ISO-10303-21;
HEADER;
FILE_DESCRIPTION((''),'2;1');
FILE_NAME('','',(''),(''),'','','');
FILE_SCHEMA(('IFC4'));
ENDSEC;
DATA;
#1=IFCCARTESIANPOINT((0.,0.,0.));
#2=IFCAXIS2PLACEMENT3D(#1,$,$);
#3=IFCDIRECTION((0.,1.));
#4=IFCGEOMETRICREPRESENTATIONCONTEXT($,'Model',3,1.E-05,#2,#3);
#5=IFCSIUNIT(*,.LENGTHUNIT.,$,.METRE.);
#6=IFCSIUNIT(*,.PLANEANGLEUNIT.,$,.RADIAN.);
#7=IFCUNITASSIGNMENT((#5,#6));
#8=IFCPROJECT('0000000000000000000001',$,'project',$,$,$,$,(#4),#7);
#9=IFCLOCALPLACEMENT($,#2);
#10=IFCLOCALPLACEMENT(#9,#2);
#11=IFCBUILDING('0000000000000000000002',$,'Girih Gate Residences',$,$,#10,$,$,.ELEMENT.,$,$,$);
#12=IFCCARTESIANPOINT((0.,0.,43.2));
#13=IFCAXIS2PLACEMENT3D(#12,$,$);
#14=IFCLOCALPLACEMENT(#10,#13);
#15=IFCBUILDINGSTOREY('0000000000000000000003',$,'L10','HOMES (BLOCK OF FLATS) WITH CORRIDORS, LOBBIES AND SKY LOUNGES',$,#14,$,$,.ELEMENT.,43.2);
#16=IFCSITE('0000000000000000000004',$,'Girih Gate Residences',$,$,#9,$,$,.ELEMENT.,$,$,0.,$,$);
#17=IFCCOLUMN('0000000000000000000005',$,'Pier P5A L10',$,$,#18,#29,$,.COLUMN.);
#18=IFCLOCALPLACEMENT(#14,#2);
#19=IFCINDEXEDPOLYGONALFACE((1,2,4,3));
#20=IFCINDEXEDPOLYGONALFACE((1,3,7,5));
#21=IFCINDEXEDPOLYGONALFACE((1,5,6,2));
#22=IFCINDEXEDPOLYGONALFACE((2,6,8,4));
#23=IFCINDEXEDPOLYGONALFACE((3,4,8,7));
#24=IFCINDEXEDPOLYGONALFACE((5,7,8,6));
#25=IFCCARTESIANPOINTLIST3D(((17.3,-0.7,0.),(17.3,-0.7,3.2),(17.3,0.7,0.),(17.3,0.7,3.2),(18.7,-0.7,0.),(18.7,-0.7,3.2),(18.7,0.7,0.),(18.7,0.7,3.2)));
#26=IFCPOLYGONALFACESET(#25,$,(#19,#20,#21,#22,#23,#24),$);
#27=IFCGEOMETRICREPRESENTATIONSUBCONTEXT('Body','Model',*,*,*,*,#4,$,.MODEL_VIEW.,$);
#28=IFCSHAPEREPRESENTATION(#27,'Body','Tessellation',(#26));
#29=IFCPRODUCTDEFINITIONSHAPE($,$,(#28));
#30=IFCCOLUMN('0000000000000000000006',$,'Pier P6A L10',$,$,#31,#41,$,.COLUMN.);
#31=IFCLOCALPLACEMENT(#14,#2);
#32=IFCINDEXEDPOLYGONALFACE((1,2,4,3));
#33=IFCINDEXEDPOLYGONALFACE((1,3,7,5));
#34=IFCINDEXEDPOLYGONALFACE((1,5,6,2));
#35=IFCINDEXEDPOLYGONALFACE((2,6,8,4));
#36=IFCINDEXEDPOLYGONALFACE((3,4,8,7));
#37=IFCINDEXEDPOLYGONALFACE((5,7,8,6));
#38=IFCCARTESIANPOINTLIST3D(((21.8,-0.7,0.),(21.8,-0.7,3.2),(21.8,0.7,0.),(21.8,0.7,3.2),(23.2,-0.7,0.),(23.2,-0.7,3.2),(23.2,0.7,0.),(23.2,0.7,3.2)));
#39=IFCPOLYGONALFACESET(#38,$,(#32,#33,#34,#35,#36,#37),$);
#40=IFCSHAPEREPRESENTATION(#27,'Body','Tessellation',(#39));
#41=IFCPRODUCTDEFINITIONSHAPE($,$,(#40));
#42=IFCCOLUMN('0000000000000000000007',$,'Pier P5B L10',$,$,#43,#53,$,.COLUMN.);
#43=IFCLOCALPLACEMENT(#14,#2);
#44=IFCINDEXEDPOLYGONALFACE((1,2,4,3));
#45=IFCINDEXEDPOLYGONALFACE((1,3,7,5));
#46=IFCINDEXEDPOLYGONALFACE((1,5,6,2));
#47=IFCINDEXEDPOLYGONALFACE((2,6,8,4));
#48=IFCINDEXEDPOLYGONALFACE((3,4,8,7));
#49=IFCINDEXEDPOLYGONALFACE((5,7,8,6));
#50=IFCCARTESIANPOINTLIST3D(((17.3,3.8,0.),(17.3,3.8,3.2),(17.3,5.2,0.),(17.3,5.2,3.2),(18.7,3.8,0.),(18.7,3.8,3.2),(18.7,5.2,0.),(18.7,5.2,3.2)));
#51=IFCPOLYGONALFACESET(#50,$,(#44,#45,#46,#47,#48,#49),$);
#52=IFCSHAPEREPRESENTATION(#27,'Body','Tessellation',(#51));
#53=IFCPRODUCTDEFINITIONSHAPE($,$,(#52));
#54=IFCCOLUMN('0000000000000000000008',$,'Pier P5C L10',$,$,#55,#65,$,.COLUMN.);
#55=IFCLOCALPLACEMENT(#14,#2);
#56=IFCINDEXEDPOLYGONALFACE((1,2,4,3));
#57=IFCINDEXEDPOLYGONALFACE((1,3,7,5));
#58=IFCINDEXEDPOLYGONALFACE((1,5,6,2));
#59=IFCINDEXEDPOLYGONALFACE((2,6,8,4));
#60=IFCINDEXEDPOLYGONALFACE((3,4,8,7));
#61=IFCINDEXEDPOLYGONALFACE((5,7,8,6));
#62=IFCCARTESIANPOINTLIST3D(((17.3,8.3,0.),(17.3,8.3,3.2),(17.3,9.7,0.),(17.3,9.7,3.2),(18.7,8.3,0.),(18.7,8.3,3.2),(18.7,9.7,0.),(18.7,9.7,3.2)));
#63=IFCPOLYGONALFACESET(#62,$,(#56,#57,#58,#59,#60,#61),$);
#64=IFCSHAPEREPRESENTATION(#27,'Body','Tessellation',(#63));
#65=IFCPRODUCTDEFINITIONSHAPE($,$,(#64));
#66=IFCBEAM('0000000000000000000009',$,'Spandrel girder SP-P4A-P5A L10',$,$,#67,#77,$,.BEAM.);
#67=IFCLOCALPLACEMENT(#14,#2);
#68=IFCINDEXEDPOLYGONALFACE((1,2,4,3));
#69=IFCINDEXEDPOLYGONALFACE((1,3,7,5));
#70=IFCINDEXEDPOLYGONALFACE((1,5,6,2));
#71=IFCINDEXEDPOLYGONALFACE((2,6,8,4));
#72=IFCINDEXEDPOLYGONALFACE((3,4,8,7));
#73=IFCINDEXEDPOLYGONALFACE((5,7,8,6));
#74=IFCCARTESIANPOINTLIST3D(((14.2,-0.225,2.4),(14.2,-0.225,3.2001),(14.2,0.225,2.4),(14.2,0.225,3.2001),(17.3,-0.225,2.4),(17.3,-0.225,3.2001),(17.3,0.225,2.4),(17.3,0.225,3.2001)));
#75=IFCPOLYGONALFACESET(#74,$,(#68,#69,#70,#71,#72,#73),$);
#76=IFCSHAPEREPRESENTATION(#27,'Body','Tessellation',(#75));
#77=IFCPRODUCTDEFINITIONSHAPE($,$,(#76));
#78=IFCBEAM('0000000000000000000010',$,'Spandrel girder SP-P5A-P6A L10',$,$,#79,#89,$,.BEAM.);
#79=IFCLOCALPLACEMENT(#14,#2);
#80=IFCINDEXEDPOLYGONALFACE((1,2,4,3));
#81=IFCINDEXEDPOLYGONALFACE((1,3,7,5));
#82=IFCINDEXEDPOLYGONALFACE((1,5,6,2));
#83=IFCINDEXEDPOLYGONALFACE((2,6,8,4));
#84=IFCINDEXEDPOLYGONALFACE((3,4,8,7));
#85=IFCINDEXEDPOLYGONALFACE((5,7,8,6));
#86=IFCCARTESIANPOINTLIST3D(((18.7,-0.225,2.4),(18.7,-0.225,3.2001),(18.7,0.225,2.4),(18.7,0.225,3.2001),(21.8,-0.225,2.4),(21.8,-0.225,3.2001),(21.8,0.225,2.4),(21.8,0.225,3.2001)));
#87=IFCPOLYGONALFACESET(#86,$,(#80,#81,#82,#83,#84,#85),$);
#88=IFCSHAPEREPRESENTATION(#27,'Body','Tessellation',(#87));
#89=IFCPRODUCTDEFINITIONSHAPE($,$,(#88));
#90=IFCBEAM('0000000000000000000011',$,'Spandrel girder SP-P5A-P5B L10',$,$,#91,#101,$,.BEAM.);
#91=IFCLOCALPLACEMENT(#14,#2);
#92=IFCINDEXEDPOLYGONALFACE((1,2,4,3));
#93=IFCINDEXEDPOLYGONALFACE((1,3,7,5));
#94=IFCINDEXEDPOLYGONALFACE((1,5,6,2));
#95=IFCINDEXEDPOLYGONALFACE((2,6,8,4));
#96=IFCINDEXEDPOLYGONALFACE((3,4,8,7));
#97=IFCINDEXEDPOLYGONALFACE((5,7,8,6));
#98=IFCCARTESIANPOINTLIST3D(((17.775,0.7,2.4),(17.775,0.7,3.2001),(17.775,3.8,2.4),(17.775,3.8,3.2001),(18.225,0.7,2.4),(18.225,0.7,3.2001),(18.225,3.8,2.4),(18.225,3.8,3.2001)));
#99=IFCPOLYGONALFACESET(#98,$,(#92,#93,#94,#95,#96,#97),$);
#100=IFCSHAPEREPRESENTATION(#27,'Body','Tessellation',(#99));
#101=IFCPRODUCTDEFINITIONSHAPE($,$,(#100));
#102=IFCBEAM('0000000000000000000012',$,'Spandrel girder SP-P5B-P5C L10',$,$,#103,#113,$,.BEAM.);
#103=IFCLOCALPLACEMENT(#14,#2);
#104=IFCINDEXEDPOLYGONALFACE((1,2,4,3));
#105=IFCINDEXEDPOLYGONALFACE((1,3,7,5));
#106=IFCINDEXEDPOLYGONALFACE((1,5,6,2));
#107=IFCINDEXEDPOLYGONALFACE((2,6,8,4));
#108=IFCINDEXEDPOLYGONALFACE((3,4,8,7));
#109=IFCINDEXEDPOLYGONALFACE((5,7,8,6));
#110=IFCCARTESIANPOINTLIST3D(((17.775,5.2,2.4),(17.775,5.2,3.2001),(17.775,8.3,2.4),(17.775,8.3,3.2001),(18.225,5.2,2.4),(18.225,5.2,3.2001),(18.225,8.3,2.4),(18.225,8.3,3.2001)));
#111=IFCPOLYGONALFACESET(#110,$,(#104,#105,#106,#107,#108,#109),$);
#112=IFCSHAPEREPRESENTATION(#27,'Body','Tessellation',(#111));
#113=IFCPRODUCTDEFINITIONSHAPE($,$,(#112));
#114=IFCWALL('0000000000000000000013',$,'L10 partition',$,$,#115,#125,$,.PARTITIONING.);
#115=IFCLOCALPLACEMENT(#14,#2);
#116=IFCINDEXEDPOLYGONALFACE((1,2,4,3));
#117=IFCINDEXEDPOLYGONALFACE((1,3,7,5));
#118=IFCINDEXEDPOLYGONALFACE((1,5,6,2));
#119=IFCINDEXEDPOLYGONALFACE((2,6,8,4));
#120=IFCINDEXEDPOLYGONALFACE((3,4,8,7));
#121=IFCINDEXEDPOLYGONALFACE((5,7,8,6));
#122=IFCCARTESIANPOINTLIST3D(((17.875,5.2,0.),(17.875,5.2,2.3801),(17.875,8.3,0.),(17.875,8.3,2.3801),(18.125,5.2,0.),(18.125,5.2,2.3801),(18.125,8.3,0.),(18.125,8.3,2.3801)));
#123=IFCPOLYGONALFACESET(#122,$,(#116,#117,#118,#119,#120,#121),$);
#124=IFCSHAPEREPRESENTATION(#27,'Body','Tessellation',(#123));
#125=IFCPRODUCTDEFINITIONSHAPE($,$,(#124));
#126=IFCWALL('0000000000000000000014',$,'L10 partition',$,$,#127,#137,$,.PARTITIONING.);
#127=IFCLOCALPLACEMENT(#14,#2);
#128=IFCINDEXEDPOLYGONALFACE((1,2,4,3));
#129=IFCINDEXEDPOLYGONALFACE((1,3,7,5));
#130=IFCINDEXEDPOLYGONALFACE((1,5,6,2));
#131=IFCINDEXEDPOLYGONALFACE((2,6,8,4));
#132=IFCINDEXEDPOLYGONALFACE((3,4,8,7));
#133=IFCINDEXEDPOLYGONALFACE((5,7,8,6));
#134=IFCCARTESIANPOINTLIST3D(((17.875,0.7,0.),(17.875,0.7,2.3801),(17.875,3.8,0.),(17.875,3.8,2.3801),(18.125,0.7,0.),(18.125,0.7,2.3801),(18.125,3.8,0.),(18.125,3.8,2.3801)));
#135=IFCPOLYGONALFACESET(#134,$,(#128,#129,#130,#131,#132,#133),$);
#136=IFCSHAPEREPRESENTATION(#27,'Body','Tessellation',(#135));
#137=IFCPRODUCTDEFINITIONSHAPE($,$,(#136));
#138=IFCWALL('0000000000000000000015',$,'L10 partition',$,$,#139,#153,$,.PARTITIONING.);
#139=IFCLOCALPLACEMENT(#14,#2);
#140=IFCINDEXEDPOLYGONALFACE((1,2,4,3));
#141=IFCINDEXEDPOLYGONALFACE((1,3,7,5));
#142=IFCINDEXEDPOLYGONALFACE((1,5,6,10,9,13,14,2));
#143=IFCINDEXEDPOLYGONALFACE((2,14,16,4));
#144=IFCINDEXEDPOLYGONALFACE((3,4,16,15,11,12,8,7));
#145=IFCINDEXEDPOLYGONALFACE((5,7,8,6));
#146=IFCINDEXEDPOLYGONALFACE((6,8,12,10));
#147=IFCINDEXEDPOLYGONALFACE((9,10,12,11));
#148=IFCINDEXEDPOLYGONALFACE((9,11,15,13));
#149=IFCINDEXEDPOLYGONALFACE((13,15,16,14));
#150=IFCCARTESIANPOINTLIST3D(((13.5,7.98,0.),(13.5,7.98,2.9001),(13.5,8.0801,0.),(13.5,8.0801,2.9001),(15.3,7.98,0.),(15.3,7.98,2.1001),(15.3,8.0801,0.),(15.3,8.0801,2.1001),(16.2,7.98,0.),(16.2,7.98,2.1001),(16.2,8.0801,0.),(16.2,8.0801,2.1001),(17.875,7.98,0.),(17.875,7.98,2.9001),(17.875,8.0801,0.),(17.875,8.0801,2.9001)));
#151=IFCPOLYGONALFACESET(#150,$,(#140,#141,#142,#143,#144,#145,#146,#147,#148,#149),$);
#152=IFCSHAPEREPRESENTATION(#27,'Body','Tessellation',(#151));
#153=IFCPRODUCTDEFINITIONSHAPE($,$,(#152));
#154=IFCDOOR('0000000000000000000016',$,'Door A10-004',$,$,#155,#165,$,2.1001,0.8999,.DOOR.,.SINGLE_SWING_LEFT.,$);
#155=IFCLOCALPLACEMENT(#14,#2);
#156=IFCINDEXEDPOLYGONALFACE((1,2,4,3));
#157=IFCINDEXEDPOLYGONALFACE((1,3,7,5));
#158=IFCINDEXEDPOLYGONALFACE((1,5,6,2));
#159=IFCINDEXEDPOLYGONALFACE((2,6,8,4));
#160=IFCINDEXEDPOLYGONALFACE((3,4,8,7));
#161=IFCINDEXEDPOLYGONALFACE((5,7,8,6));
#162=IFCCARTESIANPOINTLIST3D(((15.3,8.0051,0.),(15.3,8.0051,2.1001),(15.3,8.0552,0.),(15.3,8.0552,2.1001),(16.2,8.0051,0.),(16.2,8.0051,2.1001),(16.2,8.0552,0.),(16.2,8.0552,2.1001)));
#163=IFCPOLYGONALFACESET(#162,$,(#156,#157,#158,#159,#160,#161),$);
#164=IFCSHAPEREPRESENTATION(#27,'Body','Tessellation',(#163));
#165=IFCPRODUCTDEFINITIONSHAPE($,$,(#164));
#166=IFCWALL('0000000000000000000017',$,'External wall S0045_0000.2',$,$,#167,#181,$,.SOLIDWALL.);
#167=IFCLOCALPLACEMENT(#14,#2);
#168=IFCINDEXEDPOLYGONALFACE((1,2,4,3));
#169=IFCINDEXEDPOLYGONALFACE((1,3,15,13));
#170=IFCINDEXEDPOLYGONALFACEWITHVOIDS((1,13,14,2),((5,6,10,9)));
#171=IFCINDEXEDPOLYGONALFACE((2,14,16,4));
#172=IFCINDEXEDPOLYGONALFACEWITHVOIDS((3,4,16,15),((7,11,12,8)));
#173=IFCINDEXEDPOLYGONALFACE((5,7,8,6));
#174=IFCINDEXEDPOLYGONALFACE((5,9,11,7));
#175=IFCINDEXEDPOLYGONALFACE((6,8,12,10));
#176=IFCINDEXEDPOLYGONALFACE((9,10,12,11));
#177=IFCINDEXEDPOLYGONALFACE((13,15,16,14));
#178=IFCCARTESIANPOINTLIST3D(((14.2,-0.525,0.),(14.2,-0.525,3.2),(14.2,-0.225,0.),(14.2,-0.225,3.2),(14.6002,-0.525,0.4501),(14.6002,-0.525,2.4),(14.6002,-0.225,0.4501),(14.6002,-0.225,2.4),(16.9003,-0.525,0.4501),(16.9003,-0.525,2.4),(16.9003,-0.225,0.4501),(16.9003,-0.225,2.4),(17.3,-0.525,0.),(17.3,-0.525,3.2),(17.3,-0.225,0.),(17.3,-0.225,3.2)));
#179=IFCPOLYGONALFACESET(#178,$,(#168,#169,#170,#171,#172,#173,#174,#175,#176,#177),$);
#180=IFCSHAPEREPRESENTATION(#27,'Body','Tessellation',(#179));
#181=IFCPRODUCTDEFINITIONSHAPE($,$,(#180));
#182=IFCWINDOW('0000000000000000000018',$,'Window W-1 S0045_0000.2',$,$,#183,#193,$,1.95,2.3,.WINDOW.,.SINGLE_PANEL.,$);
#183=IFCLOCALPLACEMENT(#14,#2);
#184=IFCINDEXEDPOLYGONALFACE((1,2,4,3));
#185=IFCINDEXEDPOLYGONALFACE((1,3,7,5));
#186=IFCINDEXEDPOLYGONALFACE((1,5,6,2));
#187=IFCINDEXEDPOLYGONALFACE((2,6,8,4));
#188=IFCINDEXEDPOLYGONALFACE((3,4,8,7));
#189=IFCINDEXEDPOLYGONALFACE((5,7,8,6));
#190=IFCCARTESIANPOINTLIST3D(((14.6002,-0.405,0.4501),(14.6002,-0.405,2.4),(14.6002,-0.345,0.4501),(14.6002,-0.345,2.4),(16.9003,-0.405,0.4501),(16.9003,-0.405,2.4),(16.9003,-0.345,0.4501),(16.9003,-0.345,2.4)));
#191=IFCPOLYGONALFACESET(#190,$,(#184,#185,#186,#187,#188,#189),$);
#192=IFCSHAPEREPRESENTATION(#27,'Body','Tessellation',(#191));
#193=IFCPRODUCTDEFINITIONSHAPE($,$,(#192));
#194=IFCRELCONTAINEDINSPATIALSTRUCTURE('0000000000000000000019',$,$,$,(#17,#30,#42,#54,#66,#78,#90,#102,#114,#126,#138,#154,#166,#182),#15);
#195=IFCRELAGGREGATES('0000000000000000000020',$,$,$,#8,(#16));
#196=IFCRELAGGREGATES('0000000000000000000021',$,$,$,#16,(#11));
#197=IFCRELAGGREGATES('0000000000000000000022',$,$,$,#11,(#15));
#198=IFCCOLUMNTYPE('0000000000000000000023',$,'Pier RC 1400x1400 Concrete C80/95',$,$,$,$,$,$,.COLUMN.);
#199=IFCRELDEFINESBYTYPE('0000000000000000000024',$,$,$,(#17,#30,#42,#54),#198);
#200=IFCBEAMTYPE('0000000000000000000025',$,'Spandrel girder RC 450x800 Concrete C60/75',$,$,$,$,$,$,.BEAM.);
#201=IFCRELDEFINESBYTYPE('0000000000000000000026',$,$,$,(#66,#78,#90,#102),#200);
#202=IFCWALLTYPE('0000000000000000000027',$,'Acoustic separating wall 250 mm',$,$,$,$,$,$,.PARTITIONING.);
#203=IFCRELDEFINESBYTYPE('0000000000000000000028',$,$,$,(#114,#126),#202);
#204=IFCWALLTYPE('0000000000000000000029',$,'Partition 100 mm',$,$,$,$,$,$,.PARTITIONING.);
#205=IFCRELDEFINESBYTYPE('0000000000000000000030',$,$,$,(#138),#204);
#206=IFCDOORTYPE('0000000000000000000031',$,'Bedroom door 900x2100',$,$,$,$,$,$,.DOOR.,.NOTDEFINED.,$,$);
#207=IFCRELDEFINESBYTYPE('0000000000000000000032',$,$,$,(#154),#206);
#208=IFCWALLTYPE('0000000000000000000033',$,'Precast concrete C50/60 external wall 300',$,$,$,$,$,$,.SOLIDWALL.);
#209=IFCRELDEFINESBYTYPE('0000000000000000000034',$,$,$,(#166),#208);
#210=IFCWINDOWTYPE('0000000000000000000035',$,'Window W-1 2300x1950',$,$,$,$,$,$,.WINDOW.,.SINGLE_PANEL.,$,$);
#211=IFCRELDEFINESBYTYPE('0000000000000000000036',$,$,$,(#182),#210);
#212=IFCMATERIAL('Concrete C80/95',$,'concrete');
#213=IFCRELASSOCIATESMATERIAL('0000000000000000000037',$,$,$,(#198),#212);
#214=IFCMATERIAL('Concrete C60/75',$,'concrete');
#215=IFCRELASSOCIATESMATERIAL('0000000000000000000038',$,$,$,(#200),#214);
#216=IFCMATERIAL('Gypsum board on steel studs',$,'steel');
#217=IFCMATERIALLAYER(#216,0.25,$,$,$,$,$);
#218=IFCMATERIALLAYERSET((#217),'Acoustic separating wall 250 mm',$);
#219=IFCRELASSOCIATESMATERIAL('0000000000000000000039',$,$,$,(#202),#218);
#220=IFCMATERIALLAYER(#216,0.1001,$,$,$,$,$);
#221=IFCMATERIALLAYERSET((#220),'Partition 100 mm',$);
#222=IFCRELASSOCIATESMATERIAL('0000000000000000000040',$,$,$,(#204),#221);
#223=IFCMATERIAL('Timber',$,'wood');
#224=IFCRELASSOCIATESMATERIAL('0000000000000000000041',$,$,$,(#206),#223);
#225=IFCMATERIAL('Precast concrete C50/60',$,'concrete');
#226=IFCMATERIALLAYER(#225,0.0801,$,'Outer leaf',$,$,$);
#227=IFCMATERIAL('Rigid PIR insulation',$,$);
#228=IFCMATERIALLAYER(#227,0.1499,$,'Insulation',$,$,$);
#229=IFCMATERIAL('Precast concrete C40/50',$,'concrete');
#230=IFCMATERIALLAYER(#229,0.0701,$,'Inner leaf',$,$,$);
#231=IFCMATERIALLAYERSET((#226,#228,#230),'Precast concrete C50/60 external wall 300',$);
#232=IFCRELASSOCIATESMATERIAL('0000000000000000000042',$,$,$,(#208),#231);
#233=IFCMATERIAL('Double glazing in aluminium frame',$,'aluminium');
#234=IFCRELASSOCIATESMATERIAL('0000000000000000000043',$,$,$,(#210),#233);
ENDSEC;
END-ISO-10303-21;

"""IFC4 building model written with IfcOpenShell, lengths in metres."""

from ifc_helpers import new_model, si_unit, direction, frame, frame_2d, origin, origin_2d, place, context, subcontext, project, spatial, rectangle, extrude, material, layer, layer_set, material_profile, profile_set, type_object, element, fill, save


model = new_model("IFC4")

# Units and contexts
model_context = context("Model", 3, precision=1e-05, world=origin(), true_north=direction((0.0, 1.0)))
body_context = subcontext(model_context, "Body", "Model", "MODEL_VIEW")
ifc_project = project(units=[si_unit("LENGTHUNIT", "METRE"), si_unit("PLANEANGLEUNIT", "RADIAN")], contexts=[model_context])

# Site, building, storey
site_placement = place(None, origin())
site = spatial("IfcSite", under=ifc_project, at=site_placement, Name="Girih Gate Residences", CompositionType="ELEMENT", RefElevation=0.0)
building_placement = place(site_placement, origin())
building = spatial("IfcBuilding", under=site, at=building_placement, Name="Girih Gate Residences", CompositionType="ELEMENT")
storey_placement = place(building_placement, frame((0.0, 0.0, 43.2)))
storey = spatial("IfcBuildingStorey", under=building, at=storey_placement, Name="L10", Description="HOMES (BLOCK OF FLATS) WITH CORRIDORS, LOBBIES AND SKY LOUNGES", CompositionType="ELEMENT", Elevation=43.2)

# Columns
ifc_material_1 = material(Name="Concrete C80/95", Category="concrete")
ifc_material_profile_1 = material_profile(ifc_material_1, rectangle(XDim=1.3999, YDim=1.3999, at=origin_2d()))
ifc_profile_set_1 = profile_set([ifc_material_profile_1], Name="Concrete C80/95")
column_type = type_object("IfcColumnType", Name="Pier RC 1400x1400 Concrete C80/95", PredefinedType="COLUMN", material=ifc_profile_set_1)
for number, where, z_axis, x_axis, name in (
    (1, (18.0, 0.0, 0.0), (0.0, 0.0, 1.0), (1.0, 0.0, 0.0), "Pier P5A L10"),
    (2, (22.5, 0.0, 0.0), (0.0, 0.0, 1.0), (1.0, 0.0, 0.0), "Pier P6A L10"),
    (3, (18.0, 4.5, 0.0), (0.0, 0.0, 1.0), (1.0, 0.0, 0.0), "Pier P5B L10"),
    (4, (18.0, 9.0, 0.0), (0.0, 0.0, 1.0), (1.0, 0.0, 0.0), "Pier P5C L10"),
):
    element("IfcColumn", number, at=place(storey_placement, frame(where, z_axis=z_axis, x_axis=x_axis)), inside=storey, type_object=column_type, Name=name, PredefinedType="COLUMN", context=body_context, shape_type="SweptSolid", body=[
        extrude(rectangle(XDim=1.3999, YDim=1.3999, at=origin_2d()), origin(), (0.0, 0.0, 1.0), 3.2),
    ])

# Beams
ifc_material_2 = material(Name="Concrete C60/75", Category="concrete")
ifc_material_profile_2 = material_profile(ifc_material_2, rectangle(XDim=0.45, YDim=0.8, at=origin_2d()))
ifc_profile_set_2 = profile_set([ifc_material_profile_2], Name="Concrete C60/75")
beam_type = type_object("IfcBeamType", Name="Spandrel girder RC 450x800 Concrete C60/75", PredefinedType="BEAM", material=ifc_profile_set_2)
for number, where, z_axis, x_axis, name in (
    (5, (14.2, 0.0, 2.8), (1.0, 0.0, 0.0), (0.0, 1.0, 0.0), "Spandrel girder SP-P4A-P5A L10"),
    (6, (18.7, 0.0, 2.8), (1.0, 0.0, 0.0), (0.0, 1.0, 0.0), "Spandrel girder SP-P5A-P6A L10"),
    (7, (18.0, 0.7, 2.8), (0.0, 1.0, 0.0), (-1.0, 0.0, 0.0), "Spandrel girder SP-P5A-P5B L10"),
    (8, (18.0, 5.2, 2.8), (0.0, 1.0, 0.0), (-1.0, 0.0, 0.0), "Spandrel girder SP-P5B-P5C L10"),
):
    element("IfcBeam", number, at=place(storey_placement, frame(where, z_axis=z_axis, x_axis=x_axis)), inside=storey, type_object=beam_type, Name=name, PredefinedType="BEAM", context=body_context, shape_type="SweptSolid", body=[
        extrude(rectangle(XDim=0.45, YDim=0.8, at=origin_2d()), origin(), (0.0, 0.0, 1.0), 3.1001),
    ])

# Walls
ifc_material_3 = material(Name="Gypsum board on steel studs", Category="steel")
ifc_layer_1 = layer(ifc_material_3, 0.25)
ifc_layer_set_1 = layer_set([ifc_layer_1], Name="Acoustic separating wall 250 mm")
wall_type_1 = type_object("IfcWallType", Name="Acoustic separating wall 250 mm", PredefinedType="PARTITIONING", material=ifc_layer_set_1)
for number, where, z_axis, x_axis, name in (
    (9, (18.0, 5.2, 0.0), (0.0, 0.0, 1.0), (0.0, 1.0, 0.0), "L10 partition"),
    (10, (18.0, 0.7, 0.0), (0.0, 0.0, 1.0), (0.0, 1.0, 0.0), "L10 partition"),
):
    element("IfcWall", number, at=place(storey_placement, frame(where, z_axis=z_axis, x_axis=x_axis)), inside=storey, type_object=wall_type_1, Name=name, PredefinedType="PARTITIONING", context=body_context, shape_type="SweptSolid", body=[
        extrude(rectangle(XDim=3.1001, YDim=0.25, at=frame_2d((1.55, 0.0))), origin(), (0.0, 0.0, 1.0), 2.3801),
    ])

# Wall, opening, door
ifc_layer_2 = layer(ifc_material_3, 0.1001)
ifc_layer_set_2 = layer_set([ifc_layer_2], Name="Partition 100 mm")
wall_type_2 = type_object("IfcWallType", Name="Partition 100 mm", PredefinedType="PARTITIONING", material=ifc_layer_set_2)
wall_1_placement = place(storey_placement, frame((17.875, 8.03, 0.0), z_axis=(0.0, 0.0, 1.0), x_axis=(-1.0, 0.0, 0.0)))
wall_1 = element("IfcWall", 11, at=wall_1_placement, inside=storey, type_object=wall_type_2, Name="L10 partition", PredefinedType="PARTITIONING", context=body_context, shape_type="SweptSolid", body=[
    extrude(rectangle(XDim=4.375, YDim=0.1001, at=frame_2d((2.1875, 0.0))), origin(), (0.0, 0.0, 1.0), 2.9001),
])
opening_1_placement = place(wall_1_placement, frame((1.675, 0.0, 0.0)))
opening_1 = element("IfcOpeningElement", 12, at=opening_1_placement, cuts=wall_1, PredefinedType="OPENING", context=body_context, shape_type="SweptSolid", body=[
    extrude(rectangle(XDim=0.8999, YDim=2.1001, at=frame_2d((0.45, 1.05))), frame((0.0, 0.0601, 0.0), z_axis=(0.0, -1.0, 0.0), x_axis=(1.0, 0.0, 0.0)), (0.0, 0.0, 1.0), 0.1201),
])
ifc_material_4 = material(Name="Timber", Category="wood")
door_type = type_object("IfcDoorType", Name="Bedroom door 900x2100", OperationType="NOTDEFINED", PredefinedType="DOOR", material=ifc_material_4)
door_placement = place(opening_1_placement, origin())
door = element("IfcDoor", 13, at=door_placement, inside=storey, type_object=door_type, Name="Door A10-004", OperationType="SINGLE_SWING_LEFT", OverallHeight=2.1001, OverallWidth=0.8999, PredefinedType="DOOR", context=body_context, shape_type="SweptSolid", body=[
    extrude(rectangle(XDim=0.8999, YDim=2.1001, at=frame_2d((0.45, 1.05))), frame((0.0, 0.0249, 0.0), z_axis=(0.0, -1.0, 0.0), x_axis=(1.0, 0.0, 0.0)), (0.0, 0.0, 1.0), 0.05),
])
fill(opening_1, door)

# Wall, opening, window
ifc_material_5 = material(Name="Precast concrete C50/60", Category="concrete")
ifc_layer_3 = layer(ifc_material_5, 0.0801, Name="Outer leaf")
ifc_material_6 = material(Name="Rigid PIR insulation")
ifc_layer_4 = layer(ifc_material_6, 0.1499, Name="Insulation")
ifc_material_7 = material(Name="Precast concrete C40/50", Category="concrete")
ifc_layer_5 = layer(ifc_material_7, 0.0701, Name="Inner leaf")
ifc_layer_set_3 = layer_set([ifc_layer_3, ifc_layer_4, ifc_layer_5], Name="Precast concrete C50/60 external wall 300")
wall_type_3 = type_object("IfcWallType", Name="Precast concrete C50/60 external wall 300", PredefinedType="SOLIDWALL", material=ifc_layer_set_3)
wall_2_placement = place(storey_placement, frame((17.3, -0.375, 0.0), z_axis=(0.0, 0.0, 1.0), x_axis=(-1.0, 0.0, 0.0)))
wall_2 = element("IfcWall", 14, at=wall_2_placement, inside=storey, type_object=wall_type_3, Name="External wall S0045_0000.2", PredefinedType="SOLIDWALL", context=body_context, shape_type="SweptSolid", body=[
    extrude(rectangle(XDim=3.1001, YDim=0.3, at=frame_2d((1.55, 0.0))), origin(), (0.0, 0.0, 1.0), 3.2),
])
opening_2_placement = place(wall_2_placement, frame((0.3999, 0.0, 0.45)))
opening_2 = element("IfcOpeningElement", 15, at=opening_2_placement, cuts=wall_2, PredefinedType="OPENING", context=body_context, shape_type="SweptSolid", body=[
    extrude(rectangle(XDim=2.3, YDim=1.95, at=frame_2d((1.1499, 0.9751))), frame((0.0, 0.1599, 0.0), z_axis=(0.0, -1.0, 0.0), x_axis=(1.0, 0.0, 0.0)), (0.0, 0.0, 1.0), 0.3201),
])
ifc_material_8 = material(Name="Double glazing in aluminium frame", Category="aluminium")
window_type = type_object("IfcWindowType", Name="Window W-1 2300x1950", PartitioningType="SINGLE_PANEL", PredefinedType="WINDOW", material=ifc_material_8)
window_1_placement = place(opening_2_placement, origin())
window_1 = element("IfcWindow", 16, at=window_1_placement, inside=storey, type_object=window_type, Name="Window W-1 S0045_0000.2", OverallHeight=1.95, OverallWidth=2.3, PartitioningType="SINGLE_PANEL", PredefinedType="WINDOW", context=body_context, shape_type="SweptSolid", body=[
    extrude(rectangle(XDim=2.3, YDim=1.95, at=frame_2d((1.1499, 0.9751))), frame((0.0, 0.03, 0.0), z_axis=(0.0, -1.0, 0.0), x_axis=(1.0, 0.0, 0.0)), (0.0, 0.0, 1.0), 0.0601),
])
fill(opening_2, window_1)

save(model, "model.ifc")
